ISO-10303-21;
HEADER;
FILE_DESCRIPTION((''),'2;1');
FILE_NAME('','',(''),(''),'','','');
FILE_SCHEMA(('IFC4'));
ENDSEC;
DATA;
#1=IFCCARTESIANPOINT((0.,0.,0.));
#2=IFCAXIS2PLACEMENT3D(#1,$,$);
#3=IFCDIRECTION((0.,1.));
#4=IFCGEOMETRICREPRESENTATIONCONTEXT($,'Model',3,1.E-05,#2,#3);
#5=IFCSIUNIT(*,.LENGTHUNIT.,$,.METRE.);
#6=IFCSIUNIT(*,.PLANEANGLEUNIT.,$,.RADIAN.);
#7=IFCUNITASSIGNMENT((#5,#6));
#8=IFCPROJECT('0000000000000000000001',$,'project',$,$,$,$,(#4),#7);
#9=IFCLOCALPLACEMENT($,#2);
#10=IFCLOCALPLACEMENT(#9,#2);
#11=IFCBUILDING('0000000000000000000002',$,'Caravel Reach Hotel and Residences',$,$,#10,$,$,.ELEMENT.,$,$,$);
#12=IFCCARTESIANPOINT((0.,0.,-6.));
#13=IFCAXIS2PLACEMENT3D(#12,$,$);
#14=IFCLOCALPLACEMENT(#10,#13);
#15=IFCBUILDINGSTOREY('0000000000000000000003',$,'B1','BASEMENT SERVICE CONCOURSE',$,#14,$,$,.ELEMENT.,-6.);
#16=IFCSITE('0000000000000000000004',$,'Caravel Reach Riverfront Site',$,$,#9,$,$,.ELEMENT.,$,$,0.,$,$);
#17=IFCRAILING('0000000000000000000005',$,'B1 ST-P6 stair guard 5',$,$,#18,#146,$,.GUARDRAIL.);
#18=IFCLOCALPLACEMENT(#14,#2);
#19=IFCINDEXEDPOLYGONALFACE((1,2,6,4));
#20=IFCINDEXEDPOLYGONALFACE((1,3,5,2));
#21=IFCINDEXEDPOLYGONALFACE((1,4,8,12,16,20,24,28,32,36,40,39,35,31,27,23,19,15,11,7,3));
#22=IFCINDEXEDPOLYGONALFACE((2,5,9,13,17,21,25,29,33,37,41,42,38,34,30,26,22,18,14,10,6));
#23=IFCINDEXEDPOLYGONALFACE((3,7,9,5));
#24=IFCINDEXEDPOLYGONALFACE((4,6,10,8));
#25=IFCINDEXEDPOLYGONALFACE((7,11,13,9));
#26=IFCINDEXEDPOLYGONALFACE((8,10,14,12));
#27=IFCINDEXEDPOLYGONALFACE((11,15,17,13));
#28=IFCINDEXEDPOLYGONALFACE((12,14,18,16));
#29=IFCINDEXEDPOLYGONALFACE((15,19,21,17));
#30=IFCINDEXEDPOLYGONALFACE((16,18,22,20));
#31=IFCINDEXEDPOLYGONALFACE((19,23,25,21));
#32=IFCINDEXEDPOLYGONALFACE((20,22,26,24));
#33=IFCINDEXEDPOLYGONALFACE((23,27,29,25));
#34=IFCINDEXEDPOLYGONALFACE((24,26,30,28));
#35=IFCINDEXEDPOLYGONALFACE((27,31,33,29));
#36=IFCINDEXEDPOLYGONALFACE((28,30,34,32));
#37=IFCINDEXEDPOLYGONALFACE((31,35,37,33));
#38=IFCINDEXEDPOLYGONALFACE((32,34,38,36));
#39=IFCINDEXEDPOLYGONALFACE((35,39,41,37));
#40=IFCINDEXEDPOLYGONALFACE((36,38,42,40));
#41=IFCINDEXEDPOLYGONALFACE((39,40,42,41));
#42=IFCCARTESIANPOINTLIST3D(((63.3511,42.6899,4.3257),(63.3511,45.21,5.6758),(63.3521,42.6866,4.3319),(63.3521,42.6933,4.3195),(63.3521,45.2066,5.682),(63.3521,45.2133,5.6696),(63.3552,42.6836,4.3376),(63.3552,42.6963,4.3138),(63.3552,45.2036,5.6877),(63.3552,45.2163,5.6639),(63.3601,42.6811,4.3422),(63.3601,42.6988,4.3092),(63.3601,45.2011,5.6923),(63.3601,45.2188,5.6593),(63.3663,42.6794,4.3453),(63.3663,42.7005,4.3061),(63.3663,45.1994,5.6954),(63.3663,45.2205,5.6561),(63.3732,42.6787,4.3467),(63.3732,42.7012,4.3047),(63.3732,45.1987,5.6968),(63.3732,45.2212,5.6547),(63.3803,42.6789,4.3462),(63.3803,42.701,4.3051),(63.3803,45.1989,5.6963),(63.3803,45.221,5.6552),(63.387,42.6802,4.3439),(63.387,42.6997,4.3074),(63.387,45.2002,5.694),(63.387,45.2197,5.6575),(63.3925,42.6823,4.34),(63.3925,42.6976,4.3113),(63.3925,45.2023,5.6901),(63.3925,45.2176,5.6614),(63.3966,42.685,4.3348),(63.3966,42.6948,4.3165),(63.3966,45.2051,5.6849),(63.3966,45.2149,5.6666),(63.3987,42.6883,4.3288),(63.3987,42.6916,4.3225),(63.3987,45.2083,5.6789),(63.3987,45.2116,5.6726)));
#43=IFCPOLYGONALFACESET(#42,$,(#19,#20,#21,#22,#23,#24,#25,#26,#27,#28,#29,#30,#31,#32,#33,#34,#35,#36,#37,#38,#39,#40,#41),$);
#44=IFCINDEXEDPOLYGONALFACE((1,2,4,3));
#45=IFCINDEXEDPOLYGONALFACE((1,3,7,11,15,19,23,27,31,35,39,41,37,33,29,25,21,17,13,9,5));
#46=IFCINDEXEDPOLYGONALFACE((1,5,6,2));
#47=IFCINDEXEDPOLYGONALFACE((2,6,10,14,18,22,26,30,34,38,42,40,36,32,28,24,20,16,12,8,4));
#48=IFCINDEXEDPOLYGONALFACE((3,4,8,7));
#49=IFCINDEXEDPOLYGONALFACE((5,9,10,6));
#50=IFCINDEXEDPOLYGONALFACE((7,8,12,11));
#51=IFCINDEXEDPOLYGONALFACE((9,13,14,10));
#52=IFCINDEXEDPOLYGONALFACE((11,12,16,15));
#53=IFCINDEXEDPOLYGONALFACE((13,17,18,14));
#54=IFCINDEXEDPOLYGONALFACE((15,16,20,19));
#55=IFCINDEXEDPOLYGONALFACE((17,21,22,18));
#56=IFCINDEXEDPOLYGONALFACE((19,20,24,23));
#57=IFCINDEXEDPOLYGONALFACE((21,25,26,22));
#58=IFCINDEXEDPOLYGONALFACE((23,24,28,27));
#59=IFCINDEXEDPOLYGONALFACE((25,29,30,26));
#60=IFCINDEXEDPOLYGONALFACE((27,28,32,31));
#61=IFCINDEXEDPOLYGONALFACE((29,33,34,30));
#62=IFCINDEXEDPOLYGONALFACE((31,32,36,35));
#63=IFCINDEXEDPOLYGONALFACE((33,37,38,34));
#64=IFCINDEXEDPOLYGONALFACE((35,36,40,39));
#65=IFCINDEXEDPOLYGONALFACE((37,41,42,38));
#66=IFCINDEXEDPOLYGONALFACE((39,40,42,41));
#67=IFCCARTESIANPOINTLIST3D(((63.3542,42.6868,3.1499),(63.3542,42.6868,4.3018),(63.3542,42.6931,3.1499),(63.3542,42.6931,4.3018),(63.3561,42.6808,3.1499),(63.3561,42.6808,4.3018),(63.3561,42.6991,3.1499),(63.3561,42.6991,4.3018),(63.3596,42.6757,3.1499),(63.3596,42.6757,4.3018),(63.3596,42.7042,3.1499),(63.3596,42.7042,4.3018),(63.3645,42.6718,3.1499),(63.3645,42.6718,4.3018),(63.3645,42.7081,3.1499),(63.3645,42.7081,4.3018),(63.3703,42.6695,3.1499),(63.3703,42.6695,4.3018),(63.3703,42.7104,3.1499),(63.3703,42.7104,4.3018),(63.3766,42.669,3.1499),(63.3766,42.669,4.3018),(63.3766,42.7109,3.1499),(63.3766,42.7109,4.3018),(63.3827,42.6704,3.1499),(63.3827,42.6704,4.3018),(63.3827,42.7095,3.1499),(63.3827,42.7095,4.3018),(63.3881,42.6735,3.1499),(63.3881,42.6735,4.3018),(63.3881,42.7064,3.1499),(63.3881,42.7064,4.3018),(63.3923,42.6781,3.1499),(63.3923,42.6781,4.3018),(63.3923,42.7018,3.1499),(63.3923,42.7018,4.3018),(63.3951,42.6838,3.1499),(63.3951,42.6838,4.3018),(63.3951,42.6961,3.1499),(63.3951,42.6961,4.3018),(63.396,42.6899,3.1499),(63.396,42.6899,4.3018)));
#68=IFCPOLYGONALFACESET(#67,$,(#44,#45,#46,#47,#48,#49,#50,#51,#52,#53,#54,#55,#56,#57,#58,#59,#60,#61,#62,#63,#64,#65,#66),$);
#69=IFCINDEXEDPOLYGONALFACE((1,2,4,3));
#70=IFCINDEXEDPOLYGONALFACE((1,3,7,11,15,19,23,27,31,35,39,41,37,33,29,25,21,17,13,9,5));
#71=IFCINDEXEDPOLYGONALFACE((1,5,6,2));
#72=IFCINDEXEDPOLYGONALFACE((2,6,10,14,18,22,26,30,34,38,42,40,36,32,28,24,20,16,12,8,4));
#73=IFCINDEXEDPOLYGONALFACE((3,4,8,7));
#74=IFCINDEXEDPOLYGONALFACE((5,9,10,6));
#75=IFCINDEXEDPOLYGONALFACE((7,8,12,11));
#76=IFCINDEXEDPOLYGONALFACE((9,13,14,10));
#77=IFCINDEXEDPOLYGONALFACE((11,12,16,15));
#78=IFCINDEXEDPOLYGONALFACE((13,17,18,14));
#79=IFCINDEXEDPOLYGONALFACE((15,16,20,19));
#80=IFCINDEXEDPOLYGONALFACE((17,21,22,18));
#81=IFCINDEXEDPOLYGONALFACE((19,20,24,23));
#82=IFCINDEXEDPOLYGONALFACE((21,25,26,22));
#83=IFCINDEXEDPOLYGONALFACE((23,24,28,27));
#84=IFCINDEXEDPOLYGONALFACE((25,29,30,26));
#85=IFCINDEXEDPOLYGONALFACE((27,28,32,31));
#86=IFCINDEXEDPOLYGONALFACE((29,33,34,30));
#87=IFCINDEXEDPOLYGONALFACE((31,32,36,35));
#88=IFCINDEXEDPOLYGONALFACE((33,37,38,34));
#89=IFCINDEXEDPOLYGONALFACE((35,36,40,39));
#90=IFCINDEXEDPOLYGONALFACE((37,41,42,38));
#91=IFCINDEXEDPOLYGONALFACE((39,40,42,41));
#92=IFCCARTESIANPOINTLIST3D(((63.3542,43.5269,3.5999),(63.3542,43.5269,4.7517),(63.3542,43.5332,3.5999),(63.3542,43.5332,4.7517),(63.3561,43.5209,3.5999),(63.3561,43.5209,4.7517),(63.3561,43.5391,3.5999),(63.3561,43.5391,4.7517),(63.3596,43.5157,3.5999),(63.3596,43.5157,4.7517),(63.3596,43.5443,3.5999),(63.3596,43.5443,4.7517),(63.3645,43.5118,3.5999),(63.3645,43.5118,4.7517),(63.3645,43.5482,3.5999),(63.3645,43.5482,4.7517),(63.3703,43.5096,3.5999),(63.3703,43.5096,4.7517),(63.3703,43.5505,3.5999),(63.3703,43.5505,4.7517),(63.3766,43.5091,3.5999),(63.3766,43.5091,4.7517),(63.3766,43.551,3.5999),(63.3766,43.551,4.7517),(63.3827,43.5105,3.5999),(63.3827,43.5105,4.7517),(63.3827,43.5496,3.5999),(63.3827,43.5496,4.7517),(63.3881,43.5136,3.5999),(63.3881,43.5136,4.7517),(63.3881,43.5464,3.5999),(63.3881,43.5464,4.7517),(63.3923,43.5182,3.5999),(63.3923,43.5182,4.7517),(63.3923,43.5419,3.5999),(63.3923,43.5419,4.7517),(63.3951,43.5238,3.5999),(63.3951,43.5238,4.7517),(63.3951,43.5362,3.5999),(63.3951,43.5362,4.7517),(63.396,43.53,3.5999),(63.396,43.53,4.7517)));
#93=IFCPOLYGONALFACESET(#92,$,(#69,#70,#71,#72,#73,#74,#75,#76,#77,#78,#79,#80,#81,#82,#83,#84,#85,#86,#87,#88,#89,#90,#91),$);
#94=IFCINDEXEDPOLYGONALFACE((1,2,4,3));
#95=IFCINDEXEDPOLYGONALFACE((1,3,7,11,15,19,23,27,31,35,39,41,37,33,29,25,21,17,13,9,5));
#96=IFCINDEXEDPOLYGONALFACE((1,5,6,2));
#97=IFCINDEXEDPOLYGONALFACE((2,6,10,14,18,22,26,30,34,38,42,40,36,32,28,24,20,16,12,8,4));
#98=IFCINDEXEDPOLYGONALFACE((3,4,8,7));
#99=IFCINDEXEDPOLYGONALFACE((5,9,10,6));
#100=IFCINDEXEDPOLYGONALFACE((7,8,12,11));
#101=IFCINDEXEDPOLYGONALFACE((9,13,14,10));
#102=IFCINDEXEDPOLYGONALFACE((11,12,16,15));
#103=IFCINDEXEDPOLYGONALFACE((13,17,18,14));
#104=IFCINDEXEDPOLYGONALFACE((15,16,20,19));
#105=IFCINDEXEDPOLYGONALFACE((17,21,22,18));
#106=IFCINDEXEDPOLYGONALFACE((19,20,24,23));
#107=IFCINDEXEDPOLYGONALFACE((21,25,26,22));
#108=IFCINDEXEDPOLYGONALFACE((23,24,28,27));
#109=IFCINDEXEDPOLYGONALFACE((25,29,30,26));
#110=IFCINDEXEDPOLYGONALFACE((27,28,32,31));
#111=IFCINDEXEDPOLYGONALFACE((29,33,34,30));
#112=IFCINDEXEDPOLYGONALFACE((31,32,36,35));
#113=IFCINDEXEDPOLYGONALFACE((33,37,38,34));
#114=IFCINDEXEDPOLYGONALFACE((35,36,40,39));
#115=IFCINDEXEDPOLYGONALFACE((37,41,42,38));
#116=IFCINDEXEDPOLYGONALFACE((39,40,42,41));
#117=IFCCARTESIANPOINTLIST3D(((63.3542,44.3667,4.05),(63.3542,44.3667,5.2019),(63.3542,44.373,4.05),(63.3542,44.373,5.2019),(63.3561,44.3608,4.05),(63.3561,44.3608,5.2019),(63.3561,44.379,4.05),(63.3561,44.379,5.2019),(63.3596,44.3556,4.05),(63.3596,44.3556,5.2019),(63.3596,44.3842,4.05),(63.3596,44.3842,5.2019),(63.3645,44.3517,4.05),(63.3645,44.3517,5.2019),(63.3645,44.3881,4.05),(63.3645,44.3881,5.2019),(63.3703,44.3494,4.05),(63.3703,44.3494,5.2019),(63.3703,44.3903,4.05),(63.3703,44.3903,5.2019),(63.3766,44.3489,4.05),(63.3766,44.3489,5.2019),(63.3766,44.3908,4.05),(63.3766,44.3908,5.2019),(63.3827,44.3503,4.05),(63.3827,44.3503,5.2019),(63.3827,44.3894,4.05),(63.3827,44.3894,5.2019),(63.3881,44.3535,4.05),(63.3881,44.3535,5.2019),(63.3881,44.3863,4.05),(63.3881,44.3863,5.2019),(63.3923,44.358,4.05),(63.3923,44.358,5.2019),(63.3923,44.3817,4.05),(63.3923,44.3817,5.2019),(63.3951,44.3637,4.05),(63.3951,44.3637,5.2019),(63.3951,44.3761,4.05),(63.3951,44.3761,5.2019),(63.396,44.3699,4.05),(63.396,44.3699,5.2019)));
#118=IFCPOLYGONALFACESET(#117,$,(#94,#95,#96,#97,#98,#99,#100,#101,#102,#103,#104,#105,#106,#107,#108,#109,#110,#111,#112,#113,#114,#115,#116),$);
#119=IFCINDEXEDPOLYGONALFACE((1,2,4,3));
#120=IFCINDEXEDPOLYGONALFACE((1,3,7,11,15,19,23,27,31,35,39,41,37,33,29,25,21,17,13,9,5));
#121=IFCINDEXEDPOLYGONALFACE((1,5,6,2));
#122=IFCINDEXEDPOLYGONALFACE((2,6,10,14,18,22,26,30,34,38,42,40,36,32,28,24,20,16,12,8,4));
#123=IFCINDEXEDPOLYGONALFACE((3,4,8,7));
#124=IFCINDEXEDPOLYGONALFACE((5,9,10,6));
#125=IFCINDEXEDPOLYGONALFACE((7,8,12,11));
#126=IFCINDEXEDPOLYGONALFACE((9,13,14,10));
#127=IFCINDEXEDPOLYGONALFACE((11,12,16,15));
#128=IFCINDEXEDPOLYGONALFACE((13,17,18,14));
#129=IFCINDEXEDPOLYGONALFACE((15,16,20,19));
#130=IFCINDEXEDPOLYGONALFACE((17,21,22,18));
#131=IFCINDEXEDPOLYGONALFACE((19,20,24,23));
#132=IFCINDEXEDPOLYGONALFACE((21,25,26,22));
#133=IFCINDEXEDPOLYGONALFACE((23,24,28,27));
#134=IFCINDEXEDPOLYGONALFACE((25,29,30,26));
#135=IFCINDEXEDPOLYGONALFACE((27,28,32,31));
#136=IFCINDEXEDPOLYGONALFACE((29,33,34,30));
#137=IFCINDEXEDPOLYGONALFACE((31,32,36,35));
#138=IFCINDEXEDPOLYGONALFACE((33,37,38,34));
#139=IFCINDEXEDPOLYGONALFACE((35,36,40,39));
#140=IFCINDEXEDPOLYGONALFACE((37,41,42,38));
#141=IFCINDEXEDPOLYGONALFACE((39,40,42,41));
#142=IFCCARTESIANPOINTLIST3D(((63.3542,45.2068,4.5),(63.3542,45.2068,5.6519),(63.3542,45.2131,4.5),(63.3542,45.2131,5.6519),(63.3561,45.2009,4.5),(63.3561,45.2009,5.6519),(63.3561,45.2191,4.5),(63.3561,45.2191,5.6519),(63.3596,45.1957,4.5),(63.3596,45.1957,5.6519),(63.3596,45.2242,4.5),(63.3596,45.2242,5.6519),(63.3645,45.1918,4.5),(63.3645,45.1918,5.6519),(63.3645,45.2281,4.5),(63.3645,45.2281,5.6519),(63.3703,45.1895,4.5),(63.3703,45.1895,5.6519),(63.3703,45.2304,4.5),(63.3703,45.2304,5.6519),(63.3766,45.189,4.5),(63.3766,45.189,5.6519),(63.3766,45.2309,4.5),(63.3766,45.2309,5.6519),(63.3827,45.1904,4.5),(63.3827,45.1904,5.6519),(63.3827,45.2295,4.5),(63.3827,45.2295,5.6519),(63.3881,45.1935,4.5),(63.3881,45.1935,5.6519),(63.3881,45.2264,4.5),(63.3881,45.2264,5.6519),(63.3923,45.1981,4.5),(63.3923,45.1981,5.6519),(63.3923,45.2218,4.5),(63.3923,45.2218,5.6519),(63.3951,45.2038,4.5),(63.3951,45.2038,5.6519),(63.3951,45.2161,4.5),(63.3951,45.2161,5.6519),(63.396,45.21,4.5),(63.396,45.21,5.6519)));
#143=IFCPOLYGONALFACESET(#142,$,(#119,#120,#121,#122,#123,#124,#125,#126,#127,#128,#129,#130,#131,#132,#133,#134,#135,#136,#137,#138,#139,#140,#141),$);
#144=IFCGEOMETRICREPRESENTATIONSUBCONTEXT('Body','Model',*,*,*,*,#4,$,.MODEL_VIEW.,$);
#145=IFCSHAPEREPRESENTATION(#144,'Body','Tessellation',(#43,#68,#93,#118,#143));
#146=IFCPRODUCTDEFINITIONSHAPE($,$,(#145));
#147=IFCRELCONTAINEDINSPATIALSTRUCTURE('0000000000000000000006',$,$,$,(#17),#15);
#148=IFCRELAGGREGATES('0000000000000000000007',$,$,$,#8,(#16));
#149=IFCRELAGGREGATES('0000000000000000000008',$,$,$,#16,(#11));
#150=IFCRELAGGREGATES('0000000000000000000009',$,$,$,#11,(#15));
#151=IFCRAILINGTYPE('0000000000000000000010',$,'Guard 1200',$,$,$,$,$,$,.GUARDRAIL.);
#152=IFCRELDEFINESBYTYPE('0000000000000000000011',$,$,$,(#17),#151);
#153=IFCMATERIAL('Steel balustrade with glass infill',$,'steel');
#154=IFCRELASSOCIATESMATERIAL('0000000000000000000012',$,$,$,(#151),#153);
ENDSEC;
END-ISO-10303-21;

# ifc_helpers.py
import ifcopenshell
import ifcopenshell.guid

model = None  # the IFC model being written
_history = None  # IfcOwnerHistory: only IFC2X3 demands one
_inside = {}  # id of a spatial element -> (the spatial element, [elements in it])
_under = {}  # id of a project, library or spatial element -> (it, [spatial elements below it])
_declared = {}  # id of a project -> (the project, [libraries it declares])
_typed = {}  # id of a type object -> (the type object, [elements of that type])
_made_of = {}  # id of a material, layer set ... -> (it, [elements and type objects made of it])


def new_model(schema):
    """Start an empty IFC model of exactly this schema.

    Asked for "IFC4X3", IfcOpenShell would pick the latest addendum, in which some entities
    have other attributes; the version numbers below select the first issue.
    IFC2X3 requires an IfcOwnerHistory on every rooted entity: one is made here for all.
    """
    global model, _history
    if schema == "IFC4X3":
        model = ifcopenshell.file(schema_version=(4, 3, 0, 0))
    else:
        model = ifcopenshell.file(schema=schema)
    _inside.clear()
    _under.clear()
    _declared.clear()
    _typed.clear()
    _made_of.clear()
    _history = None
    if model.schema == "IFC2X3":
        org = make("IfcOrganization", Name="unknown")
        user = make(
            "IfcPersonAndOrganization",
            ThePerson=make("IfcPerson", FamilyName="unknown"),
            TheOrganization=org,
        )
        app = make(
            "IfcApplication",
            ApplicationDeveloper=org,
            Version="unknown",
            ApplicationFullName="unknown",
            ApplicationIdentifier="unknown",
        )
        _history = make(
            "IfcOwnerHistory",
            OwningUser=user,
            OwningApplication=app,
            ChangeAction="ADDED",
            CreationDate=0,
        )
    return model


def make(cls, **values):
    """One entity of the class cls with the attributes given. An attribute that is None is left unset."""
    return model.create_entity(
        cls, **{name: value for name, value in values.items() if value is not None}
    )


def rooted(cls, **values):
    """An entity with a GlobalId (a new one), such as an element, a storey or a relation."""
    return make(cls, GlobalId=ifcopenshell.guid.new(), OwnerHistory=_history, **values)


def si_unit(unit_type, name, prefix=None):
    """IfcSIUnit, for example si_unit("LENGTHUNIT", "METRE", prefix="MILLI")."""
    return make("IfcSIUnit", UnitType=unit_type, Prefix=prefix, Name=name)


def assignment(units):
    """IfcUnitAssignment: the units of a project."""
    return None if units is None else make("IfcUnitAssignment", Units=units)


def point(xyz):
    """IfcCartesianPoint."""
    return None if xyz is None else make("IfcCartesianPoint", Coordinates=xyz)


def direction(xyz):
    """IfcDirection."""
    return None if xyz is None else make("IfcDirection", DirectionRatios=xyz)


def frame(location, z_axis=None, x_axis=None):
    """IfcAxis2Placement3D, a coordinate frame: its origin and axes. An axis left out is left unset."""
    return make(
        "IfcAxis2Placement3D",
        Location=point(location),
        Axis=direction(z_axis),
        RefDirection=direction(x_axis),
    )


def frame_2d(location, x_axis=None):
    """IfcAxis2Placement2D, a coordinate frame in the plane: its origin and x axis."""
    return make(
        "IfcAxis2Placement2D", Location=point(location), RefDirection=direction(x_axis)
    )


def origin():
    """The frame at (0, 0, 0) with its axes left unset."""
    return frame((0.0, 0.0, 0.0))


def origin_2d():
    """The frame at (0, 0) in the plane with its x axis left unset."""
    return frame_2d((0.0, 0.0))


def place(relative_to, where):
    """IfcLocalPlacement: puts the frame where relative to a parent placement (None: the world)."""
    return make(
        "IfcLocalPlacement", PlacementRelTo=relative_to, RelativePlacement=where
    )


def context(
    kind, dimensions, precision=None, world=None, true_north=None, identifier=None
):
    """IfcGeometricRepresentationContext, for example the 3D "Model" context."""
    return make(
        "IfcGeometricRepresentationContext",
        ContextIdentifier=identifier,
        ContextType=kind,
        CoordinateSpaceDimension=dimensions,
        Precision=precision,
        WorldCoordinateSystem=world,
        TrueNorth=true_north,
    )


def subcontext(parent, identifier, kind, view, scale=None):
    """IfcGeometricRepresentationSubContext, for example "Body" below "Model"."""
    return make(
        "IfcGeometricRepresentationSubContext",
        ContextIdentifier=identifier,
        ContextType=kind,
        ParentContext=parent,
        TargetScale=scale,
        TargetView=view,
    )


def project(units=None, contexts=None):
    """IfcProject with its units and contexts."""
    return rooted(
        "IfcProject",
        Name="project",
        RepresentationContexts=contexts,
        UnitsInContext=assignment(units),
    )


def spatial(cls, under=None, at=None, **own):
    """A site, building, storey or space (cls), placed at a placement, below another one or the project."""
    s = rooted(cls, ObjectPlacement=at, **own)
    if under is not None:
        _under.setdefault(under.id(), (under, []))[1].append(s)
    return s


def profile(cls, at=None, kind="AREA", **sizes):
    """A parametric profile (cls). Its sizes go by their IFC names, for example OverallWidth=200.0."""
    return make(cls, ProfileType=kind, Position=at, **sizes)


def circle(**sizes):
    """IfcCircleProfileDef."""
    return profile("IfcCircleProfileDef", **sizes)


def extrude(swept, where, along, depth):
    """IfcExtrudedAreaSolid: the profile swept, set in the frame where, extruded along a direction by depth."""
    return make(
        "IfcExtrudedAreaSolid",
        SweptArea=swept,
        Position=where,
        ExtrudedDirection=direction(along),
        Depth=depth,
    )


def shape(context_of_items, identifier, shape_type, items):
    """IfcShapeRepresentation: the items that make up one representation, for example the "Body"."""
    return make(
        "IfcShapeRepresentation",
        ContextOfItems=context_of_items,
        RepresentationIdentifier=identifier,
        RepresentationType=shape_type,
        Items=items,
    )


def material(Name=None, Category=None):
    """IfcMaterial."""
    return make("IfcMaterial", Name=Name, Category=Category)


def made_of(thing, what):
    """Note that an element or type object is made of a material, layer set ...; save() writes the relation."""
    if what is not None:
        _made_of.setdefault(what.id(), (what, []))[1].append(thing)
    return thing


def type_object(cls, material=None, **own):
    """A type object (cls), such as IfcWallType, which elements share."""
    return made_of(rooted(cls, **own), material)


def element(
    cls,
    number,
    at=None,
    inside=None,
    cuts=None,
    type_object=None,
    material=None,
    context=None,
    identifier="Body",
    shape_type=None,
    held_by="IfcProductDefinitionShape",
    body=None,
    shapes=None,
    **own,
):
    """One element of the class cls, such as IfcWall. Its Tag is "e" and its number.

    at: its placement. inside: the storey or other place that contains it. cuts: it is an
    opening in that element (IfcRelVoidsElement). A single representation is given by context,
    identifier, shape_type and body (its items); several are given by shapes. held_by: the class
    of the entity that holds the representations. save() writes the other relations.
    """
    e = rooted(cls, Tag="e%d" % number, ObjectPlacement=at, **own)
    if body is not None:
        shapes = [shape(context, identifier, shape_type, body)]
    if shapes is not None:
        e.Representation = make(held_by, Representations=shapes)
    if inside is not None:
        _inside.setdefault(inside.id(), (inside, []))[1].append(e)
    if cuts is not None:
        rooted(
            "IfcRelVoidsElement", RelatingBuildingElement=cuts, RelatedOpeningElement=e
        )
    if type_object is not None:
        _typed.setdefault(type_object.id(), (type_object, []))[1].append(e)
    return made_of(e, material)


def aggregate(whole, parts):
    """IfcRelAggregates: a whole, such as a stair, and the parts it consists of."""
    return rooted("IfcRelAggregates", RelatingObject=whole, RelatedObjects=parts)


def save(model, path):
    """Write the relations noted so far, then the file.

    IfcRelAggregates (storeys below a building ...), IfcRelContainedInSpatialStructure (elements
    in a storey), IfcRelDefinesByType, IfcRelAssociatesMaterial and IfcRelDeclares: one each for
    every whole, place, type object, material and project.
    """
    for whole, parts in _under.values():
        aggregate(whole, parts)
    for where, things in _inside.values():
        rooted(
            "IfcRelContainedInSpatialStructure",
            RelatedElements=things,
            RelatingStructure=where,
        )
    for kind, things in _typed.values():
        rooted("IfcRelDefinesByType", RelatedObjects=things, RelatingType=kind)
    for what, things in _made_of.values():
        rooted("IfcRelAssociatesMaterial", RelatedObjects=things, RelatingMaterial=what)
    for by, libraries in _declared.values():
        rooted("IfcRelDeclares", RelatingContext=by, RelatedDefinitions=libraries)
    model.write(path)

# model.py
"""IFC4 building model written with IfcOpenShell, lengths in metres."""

from ifc_helpers import new_model, si_unit, direction, frame, origin, origin_2d, place, context, subcontext, project, spatial, circle, extrude, material, type_object, element, save


model = new_model("IFC4")

# Units and contexts
model_context = context("Model", 3, precision=1e-05, world=origin(), true_north=direction((0.0, 1.0)))
body_context = subcontext(model_context, "Body", "Model", "MODEL_VIEW")
ifc_project = project(units=[si_unit("LENGTHUNIT", "METRE"), si_unit("PLANEANGLEUNIT", "RADIAN")], contexts=[model_context])

# Site, building, storey
site_placement = place(None, origin())
site = spatial("IfcSite", under=ifc_project, at=site_placement, Name="Caravel Reach Riverfront Site", CompositionType="ELEMENT", RefElevation=0.0)
building_placement = place(site_placement, origin())
building = spatial("IfcBuilding", under=site, at=building_placement, Name="Caravel Reach Hotel and Residences", CompositionType="ELEMENT")
storey_placement = place(building_placement, frame((0.0, 0.0, -6.0)))
storey = spatial("IfcBuildingStorey", under=building, at=storey_placement, Name="B1", Description="BASEMENT SERVICE CONCOURSE", CompositionType="ELEMENT", Elevation=-6.0)

# Railing
ifc_material_1 = material(Name="Steel balustrade with glass infill", Category="steel")
railing_type_1 = type_object("IfcRailingType", Name="Guard 1200", PredefinedType="GUARDRAIL", material=ifc_material_1)
railing_1_placement = place(storey_placement, frame((63.375, 42.6899, 3.1499)))
element("IfcRailing", 1, at=railing_1_placement, inside=storey, type_object=railing_type_1, Name="B1 ST-P6 stair guard 5", PredefinedType="GUARDRAIL", context=body_context, shape_type="SweptSolid", body=[
    extrude(circle(Radius=0.0239, at=origin_2d()), frame((0.0, 0.0, 1.1758), z_axis=(0.0, 0.881467, 0.472245), x_axis=(-1.0, 0.0, 0.0)), (0.0, 0.0, 1.0), 2.8589),
    extrude(circle(Radius=0.021, at=origin_2d()), origin(), (0.0, 0.0, 1.0), 1.1519),
    extrude(circle(Radius=0.021, at=origin_2d()), frame((0.0, 0.8401, 0.45)), (0.0, 0.0, 1.0), 1.1519),
    extrude(circle(Radius=0.021, at=origin_2d()), frame((0.0, 1.6799, 0.9001)), (0.0, 0.0, 1.0), 1.1519),
    extrude(circle(Radius=0.021, at=origin_2d()), frame((0.0, 2.52, 1.3501)), (0.0, 0.0, 1.0), 1.1519),
])

save(model, "model.ifc")
